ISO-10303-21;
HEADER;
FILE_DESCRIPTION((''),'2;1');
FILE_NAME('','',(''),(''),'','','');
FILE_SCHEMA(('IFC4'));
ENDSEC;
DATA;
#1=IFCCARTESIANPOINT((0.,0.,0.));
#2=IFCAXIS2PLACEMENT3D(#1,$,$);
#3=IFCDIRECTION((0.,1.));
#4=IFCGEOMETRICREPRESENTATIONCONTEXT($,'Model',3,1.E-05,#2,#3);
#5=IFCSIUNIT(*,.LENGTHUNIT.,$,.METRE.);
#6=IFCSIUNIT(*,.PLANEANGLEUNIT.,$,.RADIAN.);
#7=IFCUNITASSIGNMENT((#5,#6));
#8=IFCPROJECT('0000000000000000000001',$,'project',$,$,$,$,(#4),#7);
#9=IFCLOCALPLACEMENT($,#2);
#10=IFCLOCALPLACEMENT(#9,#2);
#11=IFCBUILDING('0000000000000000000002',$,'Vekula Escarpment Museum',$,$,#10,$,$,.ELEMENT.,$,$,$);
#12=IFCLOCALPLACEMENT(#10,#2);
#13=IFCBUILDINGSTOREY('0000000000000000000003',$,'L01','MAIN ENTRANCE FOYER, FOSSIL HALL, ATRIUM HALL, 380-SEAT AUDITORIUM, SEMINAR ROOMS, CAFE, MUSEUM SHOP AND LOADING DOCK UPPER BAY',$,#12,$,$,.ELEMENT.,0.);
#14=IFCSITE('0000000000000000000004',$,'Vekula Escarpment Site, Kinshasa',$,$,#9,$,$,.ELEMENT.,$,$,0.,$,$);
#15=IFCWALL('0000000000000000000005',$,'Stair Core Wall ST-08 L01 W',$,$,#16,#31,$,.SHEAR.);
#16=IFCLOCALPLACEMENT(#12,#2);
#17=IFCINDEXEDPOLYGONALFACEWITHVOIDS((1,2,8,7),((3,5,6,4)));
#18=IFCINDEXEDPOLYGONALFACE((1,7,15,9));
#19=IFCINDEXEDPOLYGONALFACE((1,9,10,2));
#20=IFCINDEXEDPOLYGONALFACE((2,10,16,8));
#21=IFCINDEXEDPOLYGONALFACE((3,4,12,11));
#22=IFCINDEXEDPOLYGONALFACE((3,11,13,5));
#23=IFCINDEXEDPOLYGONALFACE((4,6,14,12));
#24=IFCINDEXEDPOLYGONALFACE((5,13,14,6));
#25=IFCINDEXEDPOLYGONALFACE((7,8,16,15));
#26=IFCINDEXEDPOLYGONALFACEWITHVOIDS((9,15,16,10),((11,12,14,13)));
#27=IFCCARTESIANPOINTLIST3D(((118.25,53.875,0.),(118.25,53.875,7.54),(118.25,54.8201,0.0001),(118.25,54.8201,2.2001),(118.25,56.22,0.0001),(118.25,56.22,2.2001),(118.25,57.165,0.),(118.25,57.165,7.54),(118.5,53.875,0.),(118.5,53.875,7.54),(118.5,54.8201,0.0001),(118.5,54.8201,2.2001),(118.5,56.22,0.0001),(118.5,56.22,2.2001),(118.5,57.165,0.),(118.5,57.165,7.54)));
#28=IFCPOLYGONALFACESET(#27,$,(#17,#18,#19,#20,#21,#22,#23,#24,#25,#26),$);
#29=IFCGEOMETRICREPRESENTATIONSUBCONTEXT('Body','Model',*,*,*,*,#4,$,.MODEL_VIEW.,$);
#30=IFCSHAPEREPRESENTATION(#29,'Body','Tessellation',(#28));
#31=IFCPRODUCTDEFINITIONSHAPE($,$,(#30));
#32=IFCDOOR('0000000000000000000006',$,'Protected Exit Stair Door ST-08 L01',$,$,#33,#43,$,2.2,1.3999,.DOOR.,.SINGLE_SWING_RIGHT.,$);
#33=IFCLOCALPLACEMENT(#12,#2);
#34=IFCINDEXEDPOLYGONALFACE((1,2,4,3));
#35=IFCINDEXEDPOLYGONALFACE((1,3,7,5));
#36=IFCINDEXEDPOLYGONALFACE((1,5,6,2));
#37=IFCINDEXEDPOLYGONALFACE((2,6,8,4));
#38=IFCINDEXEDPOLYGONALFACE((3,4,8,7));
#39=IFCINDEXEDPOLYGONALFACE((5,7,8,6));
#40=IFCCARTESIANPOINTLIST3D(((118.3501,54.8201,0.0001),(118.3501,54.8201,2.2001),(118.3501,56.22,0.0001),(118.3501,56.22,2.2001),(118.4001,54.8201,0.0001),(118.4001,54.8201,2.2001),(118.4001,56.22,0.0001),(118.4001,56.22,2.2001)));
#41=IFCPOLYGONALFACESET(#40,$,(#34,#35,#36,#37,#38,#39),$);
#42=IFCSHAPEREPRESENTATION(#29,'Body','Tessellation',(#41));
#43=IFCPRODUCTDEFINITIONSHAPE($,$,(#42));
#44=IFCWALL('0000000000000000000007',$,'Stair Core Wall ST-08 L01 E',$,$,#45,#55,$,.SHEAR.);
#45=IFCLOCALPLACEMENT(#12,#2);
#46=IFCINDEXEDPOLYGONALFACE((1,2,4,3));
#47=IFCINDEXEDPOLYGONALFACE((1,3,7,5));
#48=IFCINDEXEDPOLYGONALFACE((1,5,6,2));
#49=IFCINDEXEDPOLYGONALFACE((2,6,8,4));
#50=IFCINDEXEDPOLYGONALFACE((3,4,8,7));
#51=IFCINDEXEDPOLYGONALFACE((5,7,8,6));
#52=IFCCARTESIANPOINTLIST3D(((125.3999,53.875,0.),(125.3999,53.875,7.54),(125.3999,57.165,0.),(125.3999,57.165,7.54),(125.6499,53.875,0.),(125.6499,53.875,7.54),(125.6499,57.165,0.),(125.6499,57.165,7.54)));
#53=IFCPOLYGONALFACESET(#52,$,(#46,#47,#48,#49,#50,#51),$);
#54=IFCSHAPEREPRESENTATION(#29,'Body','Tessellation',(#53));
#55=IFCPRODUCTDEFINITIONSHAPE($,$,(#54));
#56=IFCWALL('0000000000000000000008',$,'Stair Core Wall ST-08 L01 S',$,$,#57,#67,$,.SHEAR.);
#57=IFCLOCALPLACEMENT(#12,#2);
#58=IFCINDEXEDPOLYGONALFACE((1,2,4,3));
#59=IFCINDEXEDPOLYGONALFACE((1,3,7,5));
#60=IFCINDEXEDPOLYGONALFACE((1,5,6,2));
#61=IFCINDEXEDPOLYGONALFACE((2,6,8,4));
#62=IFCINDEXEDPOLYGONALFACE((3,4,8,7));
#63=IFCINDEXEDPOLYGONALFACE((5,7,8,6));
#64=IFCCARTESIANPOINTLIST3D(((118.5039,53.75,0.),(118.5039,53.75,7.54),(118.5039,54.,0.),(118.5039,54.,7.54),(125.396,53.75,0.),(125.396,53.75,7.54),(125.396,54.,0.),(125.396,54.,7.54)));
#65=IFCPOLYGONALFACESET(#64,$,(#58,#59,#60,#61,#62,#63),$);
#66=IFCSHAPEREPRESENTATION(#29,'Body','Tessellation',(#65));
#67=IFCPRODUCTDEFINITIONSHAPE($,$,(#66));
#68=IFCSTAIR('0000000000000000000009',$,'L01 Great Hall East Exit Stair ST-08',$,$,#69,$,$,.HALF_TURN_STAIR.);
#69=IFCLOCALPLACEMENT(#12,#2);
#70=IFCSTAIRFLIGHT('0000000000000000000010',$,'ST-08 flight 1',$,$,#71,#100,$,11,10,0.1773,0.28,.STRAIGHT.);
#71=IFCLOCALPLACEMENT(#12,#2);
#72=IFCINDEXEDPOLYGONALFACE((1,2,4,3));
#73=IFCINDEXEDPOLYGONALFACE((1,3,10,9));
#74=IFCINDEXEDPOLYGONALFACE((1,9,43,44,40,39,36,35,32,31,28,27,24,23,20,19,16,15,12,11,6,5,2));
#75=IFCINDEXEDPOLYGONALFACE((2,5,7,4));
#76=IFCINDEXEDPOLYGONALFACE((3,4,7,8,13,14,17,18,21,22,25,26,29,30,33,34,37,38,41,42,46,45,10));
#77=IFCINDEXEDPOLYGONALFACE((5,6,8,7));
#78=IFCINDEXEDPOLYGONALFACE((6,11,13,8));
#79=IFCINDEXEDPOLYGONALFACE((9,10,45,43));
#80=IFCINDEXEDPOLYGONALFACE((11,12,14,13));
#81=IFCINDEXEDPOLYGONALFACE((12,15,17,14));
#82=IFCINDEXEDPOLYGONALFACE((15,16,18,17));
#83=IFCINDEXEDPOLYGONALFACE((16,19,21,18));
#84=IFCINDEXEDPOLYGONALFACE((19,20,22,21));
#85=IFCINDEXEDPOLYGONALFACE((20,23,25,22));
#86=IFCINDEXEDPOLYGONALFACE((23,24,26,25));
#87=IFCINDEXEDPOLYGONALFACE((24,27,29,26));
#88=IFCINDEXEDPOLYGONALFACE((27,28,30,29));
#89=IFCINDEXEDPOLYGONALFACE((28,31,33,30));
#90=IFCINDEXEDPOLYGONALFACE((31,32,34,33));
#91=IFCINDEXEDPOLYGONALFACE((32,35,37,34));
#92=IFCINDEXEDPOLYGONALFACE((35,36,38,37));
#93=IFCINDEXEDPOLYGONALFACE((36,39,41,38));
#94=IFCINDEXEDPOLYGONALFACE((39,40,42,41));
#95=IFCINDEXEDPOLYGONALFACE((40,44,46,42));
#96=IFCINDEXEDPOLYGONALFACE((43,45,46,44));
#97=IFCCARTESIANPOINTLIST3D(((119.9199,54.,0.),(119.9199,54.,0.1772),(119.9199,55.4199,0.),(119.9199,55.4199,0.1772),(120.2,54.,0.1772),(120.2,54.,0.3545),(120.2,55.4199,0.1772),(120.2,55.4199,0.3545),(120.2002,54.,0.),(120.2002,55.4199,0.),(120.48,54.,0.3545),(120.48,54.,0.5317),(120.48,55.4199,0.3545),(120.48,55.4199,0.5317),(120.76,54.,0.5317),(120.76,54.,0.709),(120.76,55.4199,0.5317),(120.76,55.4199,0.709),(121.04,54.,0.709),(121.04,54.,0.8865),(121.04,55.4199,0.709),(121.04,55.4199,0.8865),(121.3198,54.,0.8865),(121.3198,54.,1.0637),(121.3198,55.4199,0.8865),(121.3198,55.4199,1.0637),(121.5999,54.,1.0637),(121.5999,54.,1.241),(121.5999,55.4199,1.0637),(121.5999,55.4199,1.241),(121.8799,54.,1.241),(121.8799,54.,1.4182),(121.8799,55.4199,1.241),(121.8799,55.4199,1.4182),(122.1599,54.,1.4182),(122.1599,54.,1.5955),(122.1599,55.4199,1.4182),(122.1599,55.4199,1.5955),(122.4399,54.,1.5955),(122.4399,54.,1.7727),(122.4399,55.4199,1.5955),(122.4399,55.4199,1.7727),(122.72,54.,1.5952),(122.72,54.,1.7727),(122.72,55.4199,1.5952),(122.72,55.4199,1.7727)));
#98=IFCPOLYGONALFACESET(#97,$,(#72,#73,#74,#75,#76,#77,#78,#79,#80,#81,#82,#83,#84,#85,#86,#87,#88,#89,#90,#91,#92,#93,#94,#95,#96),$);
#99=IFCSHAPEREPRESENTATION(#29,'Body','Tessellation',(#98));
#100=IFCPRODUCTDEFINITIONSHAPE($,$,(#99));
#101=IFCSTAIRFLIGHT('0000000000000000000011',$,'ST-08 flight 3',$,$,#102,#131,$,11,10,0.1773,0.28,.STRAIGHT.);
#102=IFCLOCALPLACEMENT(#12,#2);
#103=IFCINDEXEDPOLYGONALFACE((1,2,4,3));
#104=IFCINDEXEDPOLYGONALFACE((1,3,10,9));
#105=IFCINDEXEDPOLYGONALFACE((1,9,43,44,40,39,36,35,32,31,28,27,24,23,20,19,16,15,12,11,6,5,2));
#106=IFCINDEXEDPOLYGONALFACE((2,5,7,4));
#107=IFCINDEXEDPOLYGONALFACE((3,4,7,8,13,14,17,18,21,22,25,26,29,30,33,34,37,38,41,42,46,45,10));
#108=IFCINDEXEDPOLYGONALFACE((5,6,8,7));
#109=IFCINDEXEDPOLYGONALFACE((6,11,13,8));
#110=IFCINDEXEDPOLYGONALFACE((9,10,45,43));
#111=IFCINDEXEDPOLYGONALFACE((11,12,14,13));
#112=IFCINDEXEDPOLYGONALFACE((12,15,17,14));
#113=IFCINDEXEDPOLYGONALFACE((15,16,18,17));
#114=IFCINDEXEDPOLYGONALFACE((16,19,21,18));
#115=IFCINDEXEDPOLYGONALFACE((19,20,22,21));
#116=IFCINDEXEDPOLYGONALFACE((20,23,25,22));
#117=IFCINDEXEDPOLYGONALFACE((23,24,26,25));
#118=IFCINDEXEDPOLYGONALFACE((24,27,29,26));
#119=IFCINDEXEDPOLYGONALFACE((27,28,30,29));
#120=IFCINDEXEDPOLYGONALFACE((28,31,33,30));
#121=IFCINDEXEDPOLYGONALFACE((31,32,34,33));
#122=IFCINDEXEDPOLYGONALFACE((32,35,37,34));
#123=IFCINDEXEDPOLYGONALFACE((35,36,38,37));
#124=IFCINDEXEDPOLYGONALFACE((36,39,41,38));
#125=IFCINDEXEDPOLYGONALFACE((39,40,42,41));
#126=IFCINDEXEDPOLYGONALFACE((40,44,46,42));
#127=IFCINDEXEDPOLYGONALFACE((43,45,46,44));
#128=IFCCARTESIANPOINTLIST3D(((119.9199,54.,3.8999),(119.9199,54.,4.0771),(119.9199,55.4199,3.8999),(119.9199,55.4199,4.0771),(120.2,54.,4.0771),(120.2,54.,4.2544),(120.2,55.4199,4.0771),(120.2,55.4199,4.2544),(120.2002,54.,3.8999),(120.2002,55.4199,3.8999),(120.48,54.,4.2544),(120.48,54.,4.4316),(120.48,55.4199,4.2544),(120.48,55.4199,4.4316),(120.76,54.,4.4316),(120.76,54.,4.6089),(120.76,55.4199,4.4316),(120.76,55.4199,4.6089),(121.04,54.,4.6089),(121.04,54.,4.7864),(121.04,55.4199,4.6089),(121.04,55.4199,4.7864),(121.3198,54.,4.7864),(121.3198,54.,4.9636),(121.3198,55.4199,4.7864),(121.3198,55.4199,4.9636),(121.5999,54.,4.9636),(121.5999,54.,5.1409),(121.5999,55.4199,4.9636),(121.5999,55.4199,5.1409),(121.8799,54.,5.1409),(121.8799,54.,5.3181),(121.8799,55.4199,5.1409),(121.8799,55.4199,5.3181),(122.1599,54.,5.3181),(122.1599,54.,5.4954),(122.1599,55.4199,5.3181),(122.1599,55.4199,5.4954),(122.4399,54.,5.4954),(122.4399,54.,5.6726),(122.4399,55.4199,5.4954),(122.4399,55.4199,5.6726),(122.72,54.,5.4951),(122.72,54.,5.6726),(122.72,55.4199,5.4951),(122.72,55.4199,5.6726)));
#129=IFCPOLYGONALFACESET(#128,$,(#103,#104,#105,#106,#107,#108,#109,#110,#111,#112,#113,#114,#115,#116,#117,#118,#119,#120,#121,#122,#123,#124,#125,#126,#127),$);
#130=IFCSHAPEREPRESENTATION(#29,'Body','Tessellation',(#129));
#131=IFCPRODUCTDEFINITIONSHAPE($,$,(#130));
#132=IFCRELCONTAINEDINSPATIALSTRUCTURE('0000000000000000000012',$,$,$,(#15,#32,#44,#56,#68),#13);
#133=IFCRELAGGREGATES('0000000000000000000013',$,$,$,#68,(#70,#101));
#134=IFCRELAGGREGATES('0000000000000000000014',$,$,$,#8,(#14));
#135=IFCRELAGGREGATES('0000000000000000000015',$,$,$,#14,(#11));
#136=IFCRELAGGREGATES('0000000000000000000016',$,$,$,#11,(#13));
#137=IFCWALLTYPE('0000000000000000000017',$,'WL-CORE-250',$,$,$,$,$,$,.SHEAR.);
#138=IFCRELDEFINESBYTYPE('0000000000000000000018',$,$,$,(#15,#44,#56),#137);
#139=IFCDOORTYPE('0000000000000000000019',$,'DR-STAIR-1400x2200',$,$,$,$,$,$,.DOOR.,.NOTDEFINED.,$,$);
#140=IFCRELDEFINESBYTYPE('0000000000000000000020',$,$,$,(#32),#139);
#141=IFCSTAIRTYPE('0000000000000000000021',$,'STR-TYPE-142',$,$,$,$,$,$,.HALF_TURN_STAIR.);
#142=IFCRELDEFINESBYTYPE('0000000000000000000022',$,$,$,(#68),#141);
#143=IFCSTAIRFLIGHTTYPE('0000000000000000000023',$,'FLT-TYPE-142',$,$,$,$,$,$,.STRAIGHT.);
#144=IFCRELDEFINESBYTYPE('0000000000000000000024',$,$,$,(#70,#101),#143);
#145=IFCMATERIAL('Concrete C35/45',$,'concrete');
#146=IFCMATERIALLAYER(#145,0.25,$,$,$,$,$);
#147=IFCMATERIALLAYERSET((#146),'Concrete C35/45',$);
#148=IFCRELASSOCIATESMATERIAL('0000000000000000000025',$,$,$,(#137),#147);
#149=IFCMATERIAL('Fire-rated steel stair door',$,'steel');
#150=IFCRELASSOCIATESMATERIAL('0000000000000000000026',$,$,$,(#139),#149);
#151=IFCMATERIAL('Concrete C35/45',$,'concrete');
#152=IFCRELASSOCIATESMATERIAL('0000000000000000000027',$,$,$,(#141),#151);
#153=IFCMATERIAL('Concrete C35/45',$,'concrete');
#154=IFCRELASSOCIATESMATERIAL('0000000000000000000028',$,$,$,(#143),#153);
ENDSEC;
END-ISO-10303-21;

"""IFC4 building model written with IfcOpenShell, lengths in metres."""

from ifc_helpers import new_model, si_unit, direction, frame, frame_2d, origin, place, context, subcontext, project, spatial, polyline, rectangle, outline, extrude, material, layer, layer_set, type_object, element, fill, aggregate, save


model = new_model("IFC4")

# Units and contexts
model_context = context("Model", 3, precision=1e-05, world=origin(), true_north=direction((0.0, 1.0)))
body_context = subcontext(model_context, "Body", "Model", "MODEL_VIEW")
ifc_project = project(units=[si_unit("LENGTHUNIT", "METRE"), si_unit("PLANEANGLEUNIT", "RADIAN")], contexts=[model_context])

# Site, building, storey
site_placement = place(None, origin())
site = spatial("IfcSite", under=ifc_project, at=site_placement, Name="Vekula Escarpment Site, Kinshasa", CompositionType="ELEMENT", RefElevation=0.0)
building_placement = place(site_placement, origin())
building = spatial("IfcBuilding", under=site, at=building_placement, Name="Vekula Escarpment Museum", CompositionType="ELEMENT")
storey_placement = place(building_placement, origin())
storey = spatial("IfcBuildingStorey", under=building, at=storey_placement, Name="L01", Description="MAIN ENTRANCE FOYER, FOSSIL HALL, ATRIUM HALL, 380-SEAT AUDITORIUM, SEMINAR ROOMS, CAFE, MUSEUM SHOP AND LOADING DOCK UPPER BAY", CompositionType="ELEMENT", Elevation=0.0)

# Wall, opening, door
ifc_material_1 = material(Name="Concrete C35/45", Category="concrete")
ifc_layer_1 = layer(ifc_material_1, 0.25)
ifc_layer_set_1 = layer_set([ifc_layer_1], Name="Concrete C35/45")
wall_type_1 = type_object("IfcWallType", Name="WL-CORE-250", PredefinedType="SHEAR", material=ifc_layer_set_1)
wall_1_placement = place(storey_placement, frame((118.375, 53.875, 0.0), z_axis=(0.0, 0.0, 1.0), x_axis=(0.0, 1.0, 0.0)))
wall_1 = element("IfcWall", 1, at=wall_1_placement, inside=storey, type_object=wall_type_1, Name="Stair Core Wall ST-08 L01 W", PredefinedType="SHEAR", context=body_context, shape_type="SweptSolid", body=[
    extrude(rectangle(XDim=3.29, YDim=0.25, at=frame_2d((1.645, 0.0))), origin(), (0.0, 0.0, 1.0), 7.54),
])
opening_placement = place(wall_1_placement, frame((0.9451, 0.0, 0.0)))
opening = element("IfcOpeningElement", 2, at=opening_placement, cuts=wall_1, PredefinedType="OPENING", context=body_context, shape_type="SweptSolid", body=[
    extrude(rectangle(XDim=1.3999, YDim=2.2, at=frame_2d((0.7, 1.1001))), frame((0.0, 0.135, 0.0), z_axis=(0.0, -1.0, 0.0), x_axis=(1.0, 0.0, 0.0)), (0.0, 0.0, 1.0), 0.27),
])
ifc_material_2 = material(Name="Fire-rated steel stair door", Category="steel")
door_type = type_object("IfcDoorType", Name="DR-STAIR-1400x2200", OperationType="NOTDEFINED", PredefinedType="DOOR", material=ifc_material_2)
door_placement = place(opening_placement, origin())
door = element("IfcDoor", 3, at=door_placement, inside=storey, type_object=door_type, Name="Protected Exit Stair Door ST-08 L01", OperationType="SINGLE_SWING_RIGHT", OverallHeight=2.2, OverallWidth=1.3999, PredefinedType="DOOR", context=body_context, shape_type="SweptSolid", body=[
    extrude(rectangle(XDim=1.3999, YDim=2.2, at=frame_2d((0.7, 1.1001))), frame((0.0, 0.0249, 0.0), z_axis=(0.0, -1.0, 0.0), x_axis=(1.0, 0.0, 0.0)), (0.0, 0.0, 1.0), 0.05),
])
fill(opening, door)

# Walls
wall_2_placement = place(storey_placement, frame((125.5249, 53.875, 0.0), z_axis=(0.0, 0.0, 1.0), x_axis=(0.0, 1.0, 0.0)))
element("IfcWall", 4, at=wall_2_placement, inside=storey, type_object=wall_type_1, Name="Stair Core Wall ST-08 L01 E", PredefinedType="SHEAR", context=body_context, shape_type="SweptSolid", body=[
    extrude(rectangle(XDim=3.29, YDim=0.25, at=frame_2d((1.645, 0.0))), origin(), (0.0, 0.0, 1.0), 7.54),
])
wall_3_placement = place(storey_placement, frame((118.5039, 53.875, 0.0), z_axis=(0.0, 0.0, 1.0), x_axis=(1.0, 0.0, 0.0)))
element("IfcWall", 5, at=wall_3_placement, inside=storey, type_object=wall_type_1, Name="Stair Core Wall ST-08 L01 S", PredefinedType="SHEAR", context=body_context, shape_type="SweptSolid", body=[
    extrude(rectangle(XDim=6.8921, YDim=0.25, at=frame_2d((3.446, 0.0))), origin(), (0.0, 0.0, 1.0), 7.54),
])

# Stair, stair flights
ifc_material_3 = material(Name="Concrete C35/45", Category="concrete")
stair_type = type_object("IfcStairType", Name="STR-TYPE-142", PredefinedType="HALF_TURN_STAIR", material=ifc_material_3)
stair_placement = place(storey_placement, origin())
stair = element("IfcStair", 6, at=stair_placement, inside=storey, type_object=stair_type, Name="L01 Great Hall East Exit Stair ST-08", PredefinedType="HALF_TURN_STAIR")
ifc_material_4 = material(Name="Concrete C35/45", Category="concrete")
stair_flight_type = type_object("IfcStairFlightType", Name="FLT-TYPE-142", PredefinedType="STRAIGHT", material=ifc_material_4)
stair_flight_1_placement = place(storey_placement, frame((119.9199, 54.71, 0.0), z_axis=(0.0, 0.0, 1.0), x_axis=(1.0, 0.0, 0.0)))
stair_flight_1 = element("IfcStairFlight", 7, at=stair_flight_1_placement, type_object=stair_flight_type, Name="ST-08 flight 1", NumberOfRisers=11, NumberOfTreads=10, PredefinedType="STRAIGHT", RiserHeight=0.1773, TreadLength=0.28, context=body_context, shape_type="SweptSolid", body=[
    extrude(outline(polyline([(0.0, 0.0), (0.0, 0.1772), (0.28, 0.1772), (0.28, 0.3545), (0.5601, 0.3545), (0.5601, 0.5317), (0.8401, 0.5317), (0.8401, 0.709), (1.1201, 0.709), (1.1201, 0.8865), (1.3999, 0.8865), (1.3999, 1.0637), (1.6799, 1.0637), (1.6799, 1.241), (1.96, 1.241), (1.96, 1.4182), (2.24, 1.4182), (2.24, 1.5955), (2.52, 1.5955), (2.52, 1.7727), (2.8, 1.7727), (2.8, 1.95), (2.8, 1.5952), (0.2803, 0.0), (0.0, 0.0)])), frame((0.0, 0.71, 0.0), z_axis=(0.0, -1.0, 0.0), x_axis=(1.0, 0.0, 0.0)), (0.0, 0.0, 1.0), 1.4199),
])
stair_flight_2_placement = place(storey_placement, frame((119.9199, 54.71, 3.8999), z_axis=(0.0, 0.0, 1.0), x_axis=(1.0, 0.0, 0.0)))
stair_flight_2 = element("IfcStairFlight", 8, at=stair_flight_2_placement, type_object=stair_flight_type, Name="ST-08 flight 3", NumberOfRisers=11, NumberOfTreads=10, PredefinedType="STRAIGHT", RiserHeight=0.1773, TreadLength=0.28, context=body_context, shape_type="SweptSolid", body=[
    extrude(outline(polyline([(0.0, 0.0), (0.0, 0.1772), (0.28, 0.1772), (0.28, 0.3545), (0.5601, 0.3545), (0.5601, 0.5317), (0.8401, 0.5317), (0.8401, 0.709), (1.1201, 0.709), (1.1201, 0.8865), (1.3999, 0.8865), (1.3999, 1.0637), (1.6799, 1.0637), (1.6799, 1.241), (1.96, 1.241), (1.96, 1.4182), (2.24, 1.4182), (2.24, 1.5955), (2.52, 1.5955), (2.52, 1.7727), (2.8, 1.7727), (2.8, 1.95), (2.8, 1.5952), (0.2803, 0.0), (0.0, 0.0)])), frame((0.0, 0.71, 0.0), z_axis=(0.0, -1.0, 0.0), x_axis=(1.0, 0.0, 0.0)), (0.0, 0.0, 1.0), 1.4199),
])
aggregate(stair, [stair_flight_1, stair_flight_2])

save(model, "model.ifc")
